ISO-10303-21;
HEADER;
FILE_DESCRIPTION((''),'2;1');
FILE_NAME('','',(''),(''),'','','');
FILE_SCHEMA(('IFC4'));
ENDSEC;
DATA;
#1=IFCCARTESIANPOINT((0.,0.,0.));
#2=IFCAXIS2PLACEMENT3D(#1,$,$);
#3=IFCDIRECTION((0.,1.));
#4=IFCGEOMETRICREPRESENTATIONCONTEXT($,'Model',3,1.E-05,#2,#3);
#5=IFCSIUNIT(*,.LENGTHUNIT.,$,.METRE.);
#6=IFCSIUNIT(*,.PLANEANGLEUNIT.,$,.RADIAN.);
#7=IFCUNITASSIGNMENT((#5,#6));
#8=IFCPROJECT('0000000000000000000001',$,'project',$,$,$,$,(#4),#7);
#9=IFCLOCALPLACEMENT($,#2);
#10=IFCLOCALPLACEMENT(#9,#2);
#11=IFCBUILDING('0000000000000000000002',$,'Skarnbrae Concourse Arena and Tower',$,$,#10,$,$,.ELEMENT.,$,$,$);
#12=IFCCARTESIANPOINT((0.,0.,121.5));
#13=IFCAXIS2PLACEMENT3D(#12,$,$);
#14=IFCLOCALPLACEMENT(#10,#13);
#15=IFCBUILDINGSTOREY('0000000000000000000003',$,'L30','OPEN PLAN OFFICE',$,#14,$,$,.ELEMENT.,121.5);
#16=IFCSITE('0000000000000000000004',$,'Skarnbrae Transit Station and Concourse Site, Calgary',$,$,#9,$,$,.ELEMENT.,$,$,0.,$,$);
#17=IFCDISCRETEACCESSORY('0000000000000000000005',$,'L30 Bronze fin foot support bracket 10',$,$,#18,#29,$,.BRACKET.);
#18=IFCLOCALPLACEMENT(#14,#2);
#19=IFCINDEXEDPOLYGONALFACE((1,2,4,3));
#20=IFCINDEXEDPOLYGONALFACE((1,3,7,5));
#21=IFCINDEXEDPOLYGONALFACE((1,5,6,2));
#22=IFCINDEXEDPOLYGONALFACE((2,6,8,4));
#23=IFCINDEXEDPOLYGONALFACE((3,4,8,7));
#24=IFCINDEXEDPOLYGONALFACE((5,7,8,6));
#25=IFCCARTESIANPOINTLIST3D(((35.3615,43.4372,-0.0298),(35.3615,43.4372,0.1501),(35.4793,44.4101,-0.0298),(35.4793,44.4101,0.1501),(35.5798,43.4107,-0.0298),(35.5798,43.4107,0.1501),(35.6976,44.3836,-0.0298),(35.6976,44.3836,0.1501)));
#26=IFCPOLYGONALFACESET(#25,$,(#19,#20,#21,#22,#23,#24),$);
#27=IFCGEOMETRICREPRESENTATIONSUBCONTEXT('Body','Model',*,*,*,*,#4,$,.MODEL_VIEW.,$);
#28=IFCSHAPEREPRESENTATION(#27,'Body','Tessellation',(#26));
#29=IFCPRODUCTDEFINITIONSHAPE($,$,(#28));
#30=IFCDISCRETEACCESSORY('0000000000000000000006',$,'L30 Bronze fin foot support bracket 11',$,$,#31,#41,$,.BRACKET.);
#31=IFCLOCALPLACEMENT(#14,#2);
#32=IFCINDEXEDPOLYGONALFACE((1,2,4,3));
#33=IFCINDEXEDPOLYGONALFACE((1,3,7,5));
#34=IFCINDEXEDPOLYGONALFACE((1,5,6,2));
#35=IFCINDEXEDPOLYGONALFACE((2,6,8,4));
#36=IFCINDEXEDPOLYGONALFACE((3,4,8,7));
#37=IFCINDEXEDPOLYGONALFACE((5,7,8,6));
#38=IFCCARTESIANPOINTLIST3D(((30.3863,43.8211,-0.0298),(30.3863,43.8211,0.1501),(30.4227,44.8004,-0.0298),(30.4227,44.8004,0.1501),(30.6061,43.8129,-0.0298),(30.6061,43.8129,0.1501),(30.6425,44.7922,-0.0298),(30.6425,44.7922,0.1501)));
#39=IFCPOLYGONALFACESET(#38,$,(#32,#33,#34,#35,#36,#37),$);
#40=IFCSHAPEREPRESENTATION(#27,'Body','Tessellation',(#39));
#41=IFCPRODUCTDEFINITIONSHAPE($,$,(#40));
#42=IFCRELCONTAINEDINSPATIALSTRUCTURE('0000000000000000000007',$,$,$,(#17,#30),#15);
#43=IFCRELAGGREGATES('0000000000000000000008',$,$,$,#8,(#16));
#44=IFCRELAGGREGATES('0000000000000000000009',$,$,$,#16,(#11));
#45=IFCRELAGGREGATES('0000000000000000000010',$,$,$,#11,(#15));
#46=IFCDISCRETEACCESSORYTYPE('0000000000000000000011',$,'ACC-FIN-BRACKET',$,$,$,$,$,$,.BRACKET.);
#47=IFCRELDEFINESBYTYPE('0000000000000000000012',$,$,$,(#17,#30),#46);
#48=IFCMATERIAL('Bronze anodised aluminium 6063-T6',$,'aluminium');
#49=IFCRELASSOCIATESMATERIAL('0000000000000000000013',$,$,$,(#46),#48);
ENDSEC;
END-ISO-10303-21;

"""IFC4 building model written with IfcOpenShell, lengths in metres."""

from ifc_helpers import new_model, si_unit, direction, frame, origin, origin_2d, place, context, subcontext, project, spatial, rectangle, extrude, source, transform, mapped, material, type_object, element, save


model = new_model("IFC4")

# Units and contexts
model_context = context("Model", 3, precision=1e-05, world=origin(), true_north=direction((0.0, 1.0)))
body_context = subcontext(model_context, "Body", "Model", "MODEL_VIEW")
ifc_project = project(units=[si_unit("LENGTHUNIT", "METRE"), si_unit("PLANEANGLEUNIT", "RADIAN")], contexts=[model_context])

# Site, building, storey
site_placement = place(None, origin())
site = spatial("IfcSite", under=ifc_project, at=site_placement, Name="Skarnbrae Transit Station and Concourse Site, Calgary", CompositionType="ELEMENT", RefElevation=0.0)
building_placement = place(site_placement, origin())
building = spatial("IfcBuilding", under=site, at=building_placement, Name="Skarnbrae Concourse Arena and Tower", CompositionType="ELEMENT")
storey_placement = place(building_placement, frame((0.0, 0.0, 121.5)))
storey = spatial("IfcBuildingStorey", under=building, at=storey_placement, Name="L30", Description="OPEN PLAN OFFICE", CompositionType="ELEMENT", Elevation=121.5)

# Shared definitions
ifc_material_1 = material(Name="Bronze anodised aluminium 6063-T6", Category="aluminium")

# Discrete accessories
discrete_accessory_type = type_object("IfcDiscreteAccessoryType", Name="ACC-FIN-BRACKET", PredefinedType="BRACKET", material=ifc_material_1)
shared_shape_1 = source(origin(), body_context, "Body", "SweptSolid", [
    extrude(rectangle(XDim=0.22, YDim=0.98, at=origin_2d()), origin(), (0.0, 0.0, 1.0), 0.1799),
])
for number, where, z_axis, x_axis, name in (
    (1, (35.5295, 43.9104, -0.0298), (0.0, 0.0, 1.0), (0.992749, -0.120206, 0.0), "L30 Bronze fin foot support bracket 10"),
    (2, (30.5144, 44.3066, -0.0298), (0.0, 0.0, 1.0), (0.999308, -0.037184, 0.0), "L30 Bronze fin foot support bracket 11"),
):
    element("IfcDiscreteAccessory", number, at=place(storey_placement, frame(where, z_axis=z_axis, x_axis=x_axis)), inside=storey, type_object=discrete_accessory_type, Name=name, PredefinedType="BRACKET", context=body_context, shape_type="MappedRepresentation", body=[
        mapped(shared_shape_1, transform((0.0, 0.0, 0.0))),
    ])

save(model, "model.ifc")
